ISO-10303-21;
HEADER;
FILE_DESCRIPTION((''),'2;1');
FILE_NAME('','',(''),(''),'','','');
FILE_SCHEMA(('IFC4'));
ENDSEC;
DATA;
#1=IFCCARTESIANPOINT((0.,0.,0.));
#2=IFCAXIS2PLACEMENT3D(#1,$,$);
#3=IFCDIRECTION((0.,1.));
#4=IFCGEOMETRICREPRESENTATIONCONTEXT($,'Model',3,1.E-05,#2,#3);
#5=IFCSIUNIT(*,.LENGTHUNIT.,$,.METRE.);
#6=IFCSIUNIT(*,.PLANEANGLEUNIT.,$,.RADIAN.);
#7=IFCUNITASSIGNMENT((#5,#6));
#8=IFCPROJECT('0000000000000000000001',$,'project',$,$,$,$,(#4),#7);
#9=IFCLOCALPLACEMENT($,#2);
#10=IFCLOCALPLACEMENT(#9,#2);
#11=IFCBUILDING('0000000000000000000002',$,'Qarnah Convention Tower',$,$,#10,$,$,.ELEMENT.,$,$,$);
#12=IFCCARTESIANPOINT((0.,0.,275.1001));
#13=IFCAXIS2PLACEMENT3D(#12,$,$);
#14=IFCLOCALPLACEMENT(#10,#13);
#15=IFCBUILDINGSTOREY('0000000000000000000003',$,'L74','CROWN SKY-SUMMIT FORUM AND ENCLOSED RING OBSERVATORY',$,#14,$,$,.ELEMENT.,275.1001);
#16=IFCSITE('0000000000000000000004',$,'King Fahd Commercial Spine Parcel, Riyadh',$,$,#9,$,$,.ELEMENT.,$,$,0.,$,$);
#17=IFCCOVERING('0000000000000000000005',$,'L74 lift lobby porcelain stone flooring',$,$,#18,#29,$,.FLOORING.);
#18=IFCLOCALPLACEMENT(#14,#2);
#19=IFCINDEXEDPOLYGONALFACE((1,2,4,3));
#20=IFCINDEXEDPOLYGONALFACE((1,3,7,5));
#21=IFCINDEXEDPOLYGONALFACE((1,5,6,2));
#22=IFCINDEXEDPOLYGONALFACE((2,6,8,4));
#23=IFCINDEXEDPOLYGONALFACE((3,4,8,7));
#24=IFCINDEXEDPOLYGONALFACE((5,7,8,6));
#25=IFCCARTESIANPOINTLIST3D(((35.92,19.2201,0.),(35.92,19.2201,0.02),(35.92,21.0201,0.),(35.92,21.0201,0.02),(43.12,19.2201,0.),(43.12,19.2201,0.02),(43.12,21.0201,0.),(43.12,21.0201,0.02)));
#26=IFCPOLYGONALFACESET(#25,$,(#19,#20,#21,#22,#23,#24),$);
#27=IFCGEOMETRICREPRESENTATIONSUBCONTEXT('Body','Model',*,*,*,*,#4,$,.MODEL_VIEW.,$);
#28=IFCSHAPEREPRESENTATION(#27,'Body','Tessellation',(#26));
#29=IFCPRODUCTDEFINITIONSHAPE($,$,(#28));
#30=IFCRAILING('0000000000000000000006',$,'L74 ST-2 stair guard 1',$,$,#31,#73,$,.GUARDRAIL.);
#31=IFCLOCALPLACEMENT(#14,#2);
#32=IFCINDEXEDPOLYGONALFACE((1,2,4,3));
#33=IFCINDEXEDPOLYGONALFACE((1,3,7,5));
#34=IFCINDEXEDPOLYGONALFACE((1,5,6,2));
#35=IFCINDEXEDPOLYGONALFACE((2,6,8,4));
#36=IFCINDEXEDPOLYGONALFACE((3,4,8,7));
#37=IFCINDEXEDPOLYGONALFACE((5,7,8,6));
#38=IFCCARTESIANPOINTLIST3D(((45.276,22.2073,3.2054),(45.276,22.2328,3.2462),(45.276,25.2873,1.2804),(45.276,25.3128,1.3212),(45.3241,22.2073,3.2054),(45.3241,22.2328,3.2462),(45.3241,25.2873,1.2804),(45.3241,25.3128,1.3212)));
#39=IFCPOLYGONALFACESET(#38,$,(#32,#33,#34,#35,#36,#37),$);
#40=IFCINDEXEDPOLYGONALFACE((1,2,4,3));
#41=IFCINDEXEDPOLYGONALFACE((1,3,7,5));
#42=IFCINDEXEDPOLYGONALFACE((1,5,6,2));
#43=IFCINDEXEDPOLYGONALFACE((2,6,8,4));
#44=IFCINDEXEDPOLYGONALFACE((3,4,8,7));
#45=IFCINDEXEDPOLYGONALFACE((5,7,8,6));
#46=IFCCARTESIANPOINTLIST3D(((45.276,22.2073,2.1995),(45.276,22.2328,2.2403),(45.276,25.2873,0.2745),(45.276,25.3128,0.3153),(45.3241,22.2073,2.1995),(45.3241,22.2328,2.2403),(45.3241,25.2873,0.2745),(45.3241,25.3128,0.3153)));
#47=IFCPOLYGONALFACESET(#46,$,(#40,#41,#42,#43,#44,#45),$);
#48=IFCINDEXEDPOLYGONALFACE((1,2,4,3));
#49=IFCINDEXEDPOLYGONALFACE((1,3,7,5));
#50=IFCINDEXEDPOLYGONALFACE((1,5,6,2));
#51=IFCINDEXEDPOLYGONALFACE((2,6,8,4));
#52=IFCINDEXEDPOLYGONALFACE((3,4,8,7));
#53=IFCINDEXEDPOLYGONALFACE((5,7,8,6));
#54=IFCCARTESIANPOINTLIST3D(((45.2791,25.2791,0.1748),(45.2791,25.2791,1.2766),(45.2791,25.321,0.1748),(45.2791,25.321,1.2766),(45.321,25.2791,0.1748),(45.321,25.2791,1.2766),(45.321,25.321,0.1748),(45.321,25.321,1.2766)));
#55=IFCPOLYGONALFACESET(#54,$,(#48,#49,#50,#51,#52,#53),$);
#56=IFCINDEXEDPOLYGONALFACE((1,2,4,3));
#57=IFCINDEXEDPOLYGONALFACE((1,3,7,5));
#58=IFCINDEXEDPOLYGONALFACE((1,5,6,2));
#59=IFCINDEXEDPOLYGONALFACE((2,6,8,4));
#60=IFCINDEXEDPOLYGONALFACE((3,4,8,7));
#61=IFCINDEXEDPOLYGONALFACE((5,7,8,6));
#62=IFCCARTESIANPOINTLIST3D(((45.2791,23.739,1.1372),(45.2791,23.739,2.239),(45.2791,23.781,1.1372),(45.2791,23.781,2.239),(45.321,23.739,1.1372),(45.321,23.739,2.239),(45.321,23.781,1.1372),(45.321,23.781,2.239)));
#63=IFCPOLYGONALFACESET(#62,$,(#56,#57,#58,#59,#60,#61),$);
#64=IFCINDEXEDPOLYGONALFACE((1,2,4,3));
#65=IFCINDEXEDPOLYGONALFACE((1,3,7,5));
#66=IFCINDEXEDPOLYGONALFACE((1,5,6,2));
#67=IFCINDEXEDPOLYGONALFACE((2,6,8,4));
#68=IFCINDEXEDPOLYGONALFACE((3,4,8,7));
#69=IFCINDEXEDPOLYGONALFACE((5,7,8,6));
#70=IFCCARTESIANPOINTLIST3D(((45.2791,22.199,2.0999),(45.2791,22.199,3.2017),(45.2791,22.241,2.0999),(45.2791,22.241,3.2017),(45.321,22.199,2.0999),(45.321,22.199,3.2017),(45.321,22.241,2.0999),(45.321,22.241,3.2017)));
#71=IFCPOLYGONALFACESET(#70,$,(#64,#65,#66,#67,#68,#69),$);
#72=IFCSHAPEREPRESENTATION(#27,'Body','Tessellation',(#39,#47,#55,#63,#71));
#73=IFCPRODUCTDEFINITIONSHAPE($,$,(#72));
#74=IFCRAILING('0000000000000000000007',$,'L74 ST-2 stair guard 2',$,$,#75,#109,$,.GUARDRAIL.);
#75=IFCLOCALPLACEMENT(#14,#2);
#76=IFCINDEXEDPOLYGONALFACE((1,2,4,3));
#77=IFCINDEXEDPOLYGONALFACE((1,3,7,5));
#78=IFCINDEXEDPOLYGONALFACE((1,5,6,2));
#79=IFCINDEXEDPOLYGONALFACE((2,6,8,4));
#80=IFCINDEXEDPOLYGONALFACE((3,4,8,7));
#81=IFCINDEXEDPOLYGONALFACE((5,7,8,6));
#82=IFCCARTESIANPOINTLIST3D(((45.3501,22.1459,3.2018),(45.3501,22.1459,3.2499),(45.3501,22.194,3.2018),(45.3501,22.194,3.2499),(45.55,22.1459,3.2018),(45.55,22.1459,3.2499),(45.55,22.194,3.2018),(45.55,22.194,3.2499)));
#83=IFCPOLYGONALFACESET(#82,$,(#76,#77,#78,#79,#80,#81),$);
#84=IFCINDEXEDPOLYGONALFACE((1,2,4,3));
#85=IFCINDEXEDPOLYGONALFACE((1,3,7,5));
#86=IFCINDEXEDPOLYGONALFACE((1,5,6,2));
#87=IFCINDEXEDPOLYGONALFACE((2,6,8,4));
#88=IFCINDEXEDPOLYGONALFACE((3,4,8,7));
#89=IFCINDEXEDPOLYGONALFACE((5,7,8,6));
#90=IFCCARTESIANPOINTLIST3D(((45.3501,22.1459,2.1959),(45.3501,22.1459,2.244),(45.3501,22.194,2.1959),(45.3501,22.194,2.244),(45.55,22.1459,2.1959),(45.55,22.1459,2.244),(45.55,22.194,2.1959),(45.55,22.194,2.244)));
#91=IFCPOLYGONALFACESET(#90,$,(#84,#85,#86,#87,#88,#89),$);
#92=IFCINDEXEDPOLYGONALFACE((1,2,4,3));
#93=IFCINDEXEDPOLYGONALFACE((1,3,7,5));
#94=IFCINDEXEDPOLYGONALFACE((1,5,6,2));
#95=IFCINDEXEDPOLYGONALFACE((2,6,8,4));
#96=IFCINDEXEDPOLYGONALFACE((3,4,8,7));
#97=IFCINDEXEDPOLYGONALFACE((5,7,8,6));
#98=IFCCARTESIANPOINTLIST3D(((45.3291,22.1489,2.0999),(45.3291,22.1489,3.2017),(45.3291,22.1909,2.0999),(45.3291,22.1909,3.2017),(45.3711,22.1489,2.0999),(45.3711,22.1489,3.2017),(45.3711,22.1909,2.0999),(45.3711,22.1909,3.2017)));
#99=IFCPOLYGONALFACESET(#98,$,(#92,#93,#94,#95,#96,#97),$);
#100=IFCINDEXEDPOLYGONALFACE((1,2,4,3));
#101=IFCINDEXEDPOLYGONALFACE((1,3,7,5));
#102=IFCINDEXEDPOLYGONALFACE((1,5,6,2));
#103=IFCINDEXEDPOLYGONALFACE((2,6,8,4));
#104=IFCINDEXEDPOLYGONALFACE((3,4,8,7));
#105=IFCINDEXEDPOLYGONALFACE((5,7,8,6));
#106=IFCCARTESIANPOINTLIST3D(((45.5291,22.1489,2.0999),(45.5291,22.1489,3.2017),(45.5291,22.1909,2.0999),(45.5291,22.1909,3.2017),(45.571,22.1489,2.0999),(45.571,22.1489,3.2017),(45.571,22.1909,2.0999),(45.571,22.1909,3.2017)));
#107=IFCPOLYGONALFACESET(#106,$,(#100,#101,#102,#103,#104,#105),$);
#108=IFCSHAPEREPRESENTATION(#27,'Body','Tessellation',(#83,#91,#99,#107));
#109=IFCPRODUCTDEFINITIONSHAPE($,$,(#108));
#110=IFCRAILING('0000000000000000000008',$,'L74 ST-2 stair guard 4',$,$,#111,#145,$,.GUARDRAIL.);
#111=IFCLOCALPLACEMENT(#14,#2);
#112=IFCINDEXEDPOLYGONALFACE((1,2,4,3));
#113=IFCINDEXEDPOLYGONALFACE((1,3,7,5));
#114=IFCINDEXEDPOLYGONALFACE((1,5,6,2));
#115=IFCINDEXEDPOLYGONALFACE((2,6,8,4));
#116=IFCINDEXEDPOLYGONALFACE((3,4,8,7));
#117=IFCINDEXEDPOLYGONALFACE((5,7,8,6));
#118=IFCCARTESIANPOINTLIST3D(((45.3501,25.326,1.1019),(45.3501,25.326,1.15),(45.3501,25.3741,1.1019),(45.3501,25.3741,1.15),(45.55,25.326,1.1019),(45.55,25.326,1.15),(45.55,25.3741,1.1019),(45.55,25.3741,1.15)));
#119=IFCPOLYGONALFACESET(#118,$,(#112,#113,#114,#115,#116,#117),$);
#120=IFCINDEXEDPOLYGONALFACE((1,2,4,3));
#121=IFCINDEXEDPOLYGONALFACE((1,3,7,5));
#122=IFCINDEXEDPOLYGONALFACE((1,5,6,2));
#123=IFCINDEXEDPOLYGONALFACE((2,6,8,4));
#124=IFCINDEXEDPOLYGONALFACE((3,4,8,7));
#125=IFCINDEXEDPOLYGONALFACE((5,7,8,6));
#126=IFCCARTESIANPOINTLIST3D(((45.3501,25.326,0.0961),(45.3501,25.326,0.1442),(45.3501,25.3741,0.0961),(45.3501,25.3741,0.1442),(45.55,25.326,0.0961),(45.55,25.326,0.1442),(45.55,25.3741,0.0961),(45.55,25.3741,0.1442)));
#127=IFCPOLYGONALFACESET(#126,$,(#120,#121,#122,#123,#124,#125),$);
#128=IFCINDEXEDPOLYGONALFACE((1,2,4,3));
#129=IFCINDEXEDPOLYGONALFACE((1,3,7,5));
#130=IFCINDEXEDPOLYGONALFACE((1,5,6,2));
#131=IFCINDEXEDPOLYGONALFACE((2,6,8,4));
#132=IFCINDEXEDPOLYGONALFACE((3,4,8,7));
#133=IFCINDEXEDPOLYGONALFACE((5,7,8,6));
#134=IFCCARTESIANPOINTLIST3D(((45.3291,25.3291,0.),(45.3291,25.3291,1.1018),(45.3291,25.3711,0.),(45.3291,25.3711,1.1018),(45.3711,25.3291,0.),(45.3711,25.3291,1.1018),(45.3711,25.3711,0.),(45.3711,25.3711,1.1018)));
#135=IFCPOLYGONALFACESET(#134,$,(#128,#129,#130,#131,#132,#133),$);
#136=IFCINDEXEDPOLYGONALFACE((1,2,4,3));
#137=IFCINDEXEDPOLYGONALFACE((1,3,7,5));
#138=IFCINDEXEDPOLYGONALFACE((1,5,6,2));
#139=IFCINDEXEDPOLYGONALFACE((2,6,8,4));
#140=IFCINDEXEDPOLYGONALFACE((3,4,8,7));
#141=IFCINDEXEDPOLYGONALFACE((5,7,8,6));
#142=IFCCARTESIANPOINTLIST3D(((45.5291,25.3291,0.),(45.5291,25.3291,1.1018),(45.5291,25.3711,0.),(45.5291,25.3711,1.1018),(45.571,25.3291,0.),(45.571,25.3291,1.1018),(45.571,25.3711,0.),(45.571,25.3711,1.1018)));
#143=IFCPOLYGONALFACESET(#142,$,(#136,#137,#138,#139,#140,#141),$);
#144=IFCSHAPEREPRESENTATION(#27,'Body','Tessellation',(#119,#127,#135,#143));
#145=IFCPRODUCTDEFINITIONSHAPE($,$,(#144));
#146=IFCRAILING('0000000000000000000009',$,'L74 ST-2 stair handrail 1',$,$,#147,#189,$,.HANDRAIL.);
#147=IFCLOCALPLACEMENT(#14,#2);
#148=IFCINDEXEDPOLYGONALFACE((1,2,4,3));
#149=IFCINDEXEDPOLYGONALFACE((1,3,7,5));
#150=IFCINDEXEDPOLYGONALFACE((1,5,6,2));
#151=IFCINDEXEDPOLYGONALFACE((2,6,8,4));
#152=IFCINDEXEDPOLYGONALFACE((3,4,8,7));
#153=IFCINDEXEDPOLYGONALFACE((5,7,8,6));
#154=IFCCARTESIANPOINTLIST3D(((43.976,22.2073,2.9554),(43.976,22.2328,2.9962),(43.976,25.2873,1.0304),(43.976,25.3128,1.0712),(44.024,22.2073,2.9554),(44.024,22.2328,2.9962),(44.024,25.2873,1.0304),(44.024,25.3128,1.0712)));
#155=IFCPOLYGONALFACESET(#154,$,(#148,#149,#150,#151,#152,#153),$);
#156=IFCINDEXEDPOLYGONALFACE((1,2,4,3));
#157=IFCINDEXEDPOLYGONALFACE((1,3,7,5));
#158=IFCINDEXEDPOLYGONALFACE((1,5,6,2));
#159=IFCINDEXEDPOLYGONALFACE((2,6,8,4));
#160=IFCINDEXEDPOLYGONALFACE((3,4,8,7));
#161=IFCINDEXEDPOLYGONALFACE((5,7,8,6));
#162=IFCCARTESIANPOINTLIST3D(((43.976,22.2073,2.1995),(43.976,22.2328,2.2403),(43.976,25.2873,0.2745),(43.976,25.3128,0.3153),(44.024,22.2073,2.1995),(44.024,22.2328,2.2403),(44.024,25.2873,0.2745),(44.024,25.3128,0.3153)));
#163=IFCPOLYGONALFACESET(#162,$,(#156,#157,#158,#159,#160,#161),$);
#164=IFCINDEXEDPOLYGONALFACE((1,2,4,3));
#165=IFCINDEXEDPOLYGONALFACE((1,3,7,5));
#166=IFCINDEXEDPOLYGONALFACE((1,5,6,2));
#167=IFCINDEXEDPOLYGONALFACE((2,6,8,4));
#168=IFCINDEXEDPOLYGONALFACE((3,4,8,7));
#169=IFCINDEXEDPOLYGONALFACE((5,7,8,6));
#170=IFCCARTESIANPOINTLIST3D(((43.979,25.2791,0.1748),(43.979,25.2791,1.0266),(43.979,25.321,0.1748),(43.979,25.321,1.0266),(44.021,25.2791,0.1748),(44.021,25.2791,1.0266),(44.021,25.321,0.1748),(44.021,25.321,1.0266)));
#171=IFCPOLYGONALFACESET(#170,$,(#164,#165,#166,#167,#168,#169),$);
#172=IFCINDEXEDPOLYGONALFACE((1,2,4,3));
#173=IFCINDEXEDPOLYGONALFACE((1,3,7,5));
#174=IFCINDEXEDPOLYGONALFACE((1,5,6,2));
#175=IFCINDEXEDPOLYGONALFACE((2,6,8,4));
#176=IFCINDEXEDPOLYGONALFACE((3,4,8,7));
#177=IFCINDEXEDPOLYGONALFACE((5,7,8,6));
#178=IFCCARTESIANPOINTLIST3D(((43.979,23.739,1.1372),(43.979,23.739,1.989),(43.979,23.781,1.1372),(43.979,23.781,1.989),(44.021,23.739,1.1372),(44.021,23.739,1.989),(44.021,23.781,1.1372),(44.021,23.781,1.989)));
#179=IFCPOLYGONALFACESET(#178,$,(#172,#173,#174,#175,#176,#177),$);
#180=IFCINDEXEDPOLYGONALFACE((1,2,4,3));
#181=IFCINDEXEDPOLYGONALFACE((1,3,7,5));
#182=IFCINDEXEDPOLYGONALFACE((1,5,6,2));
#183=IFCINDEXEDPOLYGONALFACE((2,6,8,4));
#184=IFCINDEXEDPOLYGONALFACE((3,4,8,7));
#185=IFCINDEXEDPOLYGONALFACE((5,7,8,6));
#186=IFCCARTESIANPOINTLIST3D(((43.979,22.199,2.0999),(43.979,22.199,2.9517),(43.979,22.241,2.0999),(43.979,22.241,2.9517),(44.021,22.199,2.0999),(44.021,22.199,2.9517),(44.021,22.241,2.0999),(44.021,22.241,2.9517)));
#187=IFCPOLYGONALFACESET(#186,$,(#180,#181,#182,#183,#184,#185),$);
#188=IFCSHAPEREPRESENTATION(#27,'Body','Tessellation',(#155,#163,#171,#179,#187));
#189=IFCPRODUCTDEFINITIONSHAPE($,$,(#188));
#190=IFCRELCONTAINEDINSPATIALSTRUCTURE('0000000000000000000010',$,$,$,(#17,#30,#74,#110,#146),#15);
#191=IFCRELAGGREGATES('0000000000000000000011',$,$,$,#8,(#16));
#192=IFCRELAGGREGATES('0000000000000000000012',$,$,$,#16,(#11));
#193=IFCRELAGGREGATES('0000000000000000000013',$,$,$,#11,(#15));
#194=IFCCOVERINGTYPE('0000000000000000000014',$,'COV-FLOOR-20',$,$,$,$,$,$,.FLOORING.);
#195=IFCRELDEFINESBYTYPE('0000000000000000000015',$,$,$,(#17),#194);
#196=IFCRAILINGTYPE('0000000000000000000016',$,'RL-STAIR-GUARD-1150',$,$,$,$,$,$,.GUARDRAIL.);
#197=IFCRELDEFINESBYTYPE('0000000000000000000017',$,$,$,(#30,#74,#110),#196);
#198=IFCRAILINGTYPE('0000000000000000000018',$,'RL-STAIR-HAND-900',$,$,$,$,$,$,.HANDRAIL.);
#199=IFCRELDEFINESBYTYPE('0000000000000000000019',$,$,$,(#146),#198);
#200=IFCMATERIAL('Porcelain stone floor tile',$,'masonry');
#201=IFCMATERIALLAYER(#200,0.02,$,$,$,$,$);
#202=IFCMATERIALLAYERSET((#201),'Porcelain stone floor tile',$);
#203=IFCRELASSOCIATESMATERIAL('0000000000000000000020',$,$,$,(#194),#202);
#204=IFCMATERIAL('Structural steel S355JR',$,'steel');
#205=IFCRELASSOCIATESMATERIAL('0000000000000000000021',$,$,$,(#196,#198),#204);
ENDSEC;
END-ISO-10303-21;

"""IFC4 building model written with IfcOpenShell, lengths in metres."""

from ifc_helpers import new_model, si_unit, direction, frame, origin, origin_2d, place, context, subcontext, project, spatial, rectangle, extrude, material, layer, layer_set, type_object, element, save


model = new_model("IFC4")

# Units and contexts
model_context = context("Model", 3, precision=1e-05, world=origin(), true_north=direction((0.0, 1.0)))
body_context = subcontext(model_context, "Body", "Model", "MODEL_VIEW")
ifc_project = project(units=[si_unit("LENGTHUNIT", "METRE"), si_unit("PLANEANGLEUNIT", "RADIAN")], contexts=[model_context])

# Site, building, storey
site_placement = place(None, origin())
site = spatial("IfcSite", under=ifc_project, at=site_placement, Name="King Fahd Commercial Spine Parcel, Riyadh", CompositionType="ELEMENT", RefElevation=0.0)
building_placement = place(site_placement, origin())
building = spatial("IfcBuilding", under=site, at=building_placement, Name="Qarnah Convention Tower", CompositionType="ELEMENT")
storey_placement = place(building_placement, frame((0.0, 0.0, 275.1001)))
storey = spatial("IfcBuildingStorey", under=building, at=storey_placement, Name="L74", Description="CROWN SKY-SUMMIT FORUM AND ENCLOSED RING OBSERVATORY", CompositionType="ELEMENT", Elevation=275.1001)

# Shared definitions
ifc_material_1 = material(Name="Structural steel S355JR", Category="steel")

# Covering
ifc_material_2 = material(Name="Porcelain stone floor tile", Category="masonry")
ifc_layer_1 = layer(ifc_material_2, 0.02)
ifc_layer_set_1 = layer_set([ifc_layer_1], Name="Porcelain stone floor tile")
covering_type_1 = type_object("IfcCoveringType", Name="COV-FLOOR-20", PredefinedType="FLOORING", material=ifc_layer_set_1)
covering_1_placement = place(storey_placement, frame((39.52, 20.1201, 0.0), z_axis=(0.0, 0.0, 1.0), x_axis=(1.0, 0.0, 0.0)))
element("IfcCovering", 1, at=covering_1_placement, inside=storey, type_object=covering_type_1, Name="L74 lift lobby porcelain stone flooring", PredefinedType="FLOORING", context=body_context, shape_type="SweptSolid", body=[
    extrude(rectangle(XDim=7.2, YDim=1.8, at=origin_2d()), origin(), (0.0, 0.0, 1.0), 0.02),
])

# Railings
railing_type_1 = type_object("IfcRailingType", Name="RL-STAIR-GUARD-1150", PredefinedType="GUARDRAIL", material=ifc_material_1)
railing_1_placement = place(storey_placement, frame((45.3, 25.3, 0.1748)))
element("IfcRailing", 2, at=railing_1_placement, inside=storey, type_object=railing_type_1, Name="L74 ST-2 stair guard 1", PredefinedType="GUARDRAIL", context=body_context, shape_type="SweptSolid", body=[
    extrude(rectangle(XDim=0.0481, YDim=0.0481, at=origin_2d()), frame((0.0, 0.0, 1.126), z_axis=(0.0, -0.847998, 0.529999), x_axis=(1.0, 0.0, 0.0)), (0.0, 0.0, 1.0), 3.6321),
    extrude(rectangle(XDim=0.0481, YDim=0.0481, at=origin_2d()), frame((0.0, 0.0, 0.1201), z_axis=(0.0, -0.847998, 0.529999), x_axis=(1.0, 0.0, 0.0)), (0.0, 0.0, 1.0), 3.6321),
    extrude(rectangle(XDim=0.042, YDim=0.042, at=origin_2d()), origin(), (0.0, 0.0, 1.0), 1.1018),
    extrude(rectangle(XDim=0.042, YDim=0.042, at=origin_2d()), frame((0.0, -1.54, 0.9624)), (0.0, 0.0, 1.0), 1.1018),
    extrude(rectangle(XDim=0.042, YDim=0.042, at=origin_2d()), frame((0.0, -3.0801, 1.925)), (0.0, 0.0, 1.0), 1.1018),
])
for number, where, name in (
    (3, (45.3501, 22.1699, 2.0999), "L74 ST-2 stair guard 2"),
    (4, (45.3501, 25.3501, 0.0), "L74 ST-2 stair guard 4"),
):
    element("IfcRailing", number, at=place(storey_placement, frame(where)), inside=storey, type_object=railing_type_1, Name=name, PredefinedType="GUARDRAIL", context=body_context, shape_type="SweptSolid", body=[
        extrude(rectangle(XDim=0.0481, YDim=0.0481, at=origin_2d()), frame((0.0, 0.0, 1.126), z_axis=(1.0, 0.0, 0.0), x_axis=(0.0, 1.0, 0.0)), (0.0, 0.0, 1.0), 0.2),
        extrude(rectangle(XDim=0.0481, YDim=0.0481, at=origin_2d()), frame((0.0, 0.0, 0.1201), z_axis=(1.0, 0.0, 0.0), x_axis=(0.0, 1.0, 0.0)), (0.0, 0.0, 1.0), 0.2),
        extrude(rectangle(XDim=0.042, YDim=0.042, at=origin_2d()), origin(), (0.0, 0.0, 1.0), 1.1018),
        extrude(rectangle(XDim=0.042, YDim=0.042, at=origin_2d()), frame((0.2, 0.0, 0.0)), (0.0, 0.0, 1.0), 1.1018),
    ])
railing_type_2 = type_object("IfcRailingType", Name="RL-STAIR-HAND-900", PredefinedType="HANDRAIL", material=ifc_material_1)
railing_2_placement = place(storey_placement, frame((44.0, 25.3, 0.1748)))
element("IfcRailing", 5, at=railing_2_placement, inside=storey, type_object=railing_type_2, Name="L74 ST-2 stair handrail 1", PredefinedType="HANDRAIL", context=body_context, shape_type="SweptSolid", body=[
    extrude(rectangle(XDim=0.0481, YDim=0.0481, at=origin_2d()), frame((0.0, 0.0, 0.876), z_axis=(0.0, -0.847998, 0.529999), x_axis=(1.0, 0.0, 0.0)), (0.0, 0.0, 1.0), 3.6321),
    extrude(rectangle(XDim=0.0481, YDim=0.0481, at=origin_2d()), frame((0.0, 0.0, 0.1201), z_axis=(0.0, -0.847998, 0.529999), x_axis=(1.0, 0.0, 0.0)), (0.0, 0.0, 1.0), 3.6321),
    extrude(rectangle(XDim=0.042, YDim=0.042, at=origin_2d()), origin(), (0.0, 0.0, 1.0), 0.8518),
    extrude(rectangle(XDim=0.042, YDim=0.042, at=origin_2d()), frame((0.0, -1.54, 0.9624)), (0.0, 0.0, 1.0), 0.8518),
    extrude(rectangle(XDim=0.042, YDim=0.042, at=origin_2d()), frame((0.0, -3.0801, 1.925)), (0.0, 0.0, 1.0), 0.8518),
])

save(model, "model.ifc")
